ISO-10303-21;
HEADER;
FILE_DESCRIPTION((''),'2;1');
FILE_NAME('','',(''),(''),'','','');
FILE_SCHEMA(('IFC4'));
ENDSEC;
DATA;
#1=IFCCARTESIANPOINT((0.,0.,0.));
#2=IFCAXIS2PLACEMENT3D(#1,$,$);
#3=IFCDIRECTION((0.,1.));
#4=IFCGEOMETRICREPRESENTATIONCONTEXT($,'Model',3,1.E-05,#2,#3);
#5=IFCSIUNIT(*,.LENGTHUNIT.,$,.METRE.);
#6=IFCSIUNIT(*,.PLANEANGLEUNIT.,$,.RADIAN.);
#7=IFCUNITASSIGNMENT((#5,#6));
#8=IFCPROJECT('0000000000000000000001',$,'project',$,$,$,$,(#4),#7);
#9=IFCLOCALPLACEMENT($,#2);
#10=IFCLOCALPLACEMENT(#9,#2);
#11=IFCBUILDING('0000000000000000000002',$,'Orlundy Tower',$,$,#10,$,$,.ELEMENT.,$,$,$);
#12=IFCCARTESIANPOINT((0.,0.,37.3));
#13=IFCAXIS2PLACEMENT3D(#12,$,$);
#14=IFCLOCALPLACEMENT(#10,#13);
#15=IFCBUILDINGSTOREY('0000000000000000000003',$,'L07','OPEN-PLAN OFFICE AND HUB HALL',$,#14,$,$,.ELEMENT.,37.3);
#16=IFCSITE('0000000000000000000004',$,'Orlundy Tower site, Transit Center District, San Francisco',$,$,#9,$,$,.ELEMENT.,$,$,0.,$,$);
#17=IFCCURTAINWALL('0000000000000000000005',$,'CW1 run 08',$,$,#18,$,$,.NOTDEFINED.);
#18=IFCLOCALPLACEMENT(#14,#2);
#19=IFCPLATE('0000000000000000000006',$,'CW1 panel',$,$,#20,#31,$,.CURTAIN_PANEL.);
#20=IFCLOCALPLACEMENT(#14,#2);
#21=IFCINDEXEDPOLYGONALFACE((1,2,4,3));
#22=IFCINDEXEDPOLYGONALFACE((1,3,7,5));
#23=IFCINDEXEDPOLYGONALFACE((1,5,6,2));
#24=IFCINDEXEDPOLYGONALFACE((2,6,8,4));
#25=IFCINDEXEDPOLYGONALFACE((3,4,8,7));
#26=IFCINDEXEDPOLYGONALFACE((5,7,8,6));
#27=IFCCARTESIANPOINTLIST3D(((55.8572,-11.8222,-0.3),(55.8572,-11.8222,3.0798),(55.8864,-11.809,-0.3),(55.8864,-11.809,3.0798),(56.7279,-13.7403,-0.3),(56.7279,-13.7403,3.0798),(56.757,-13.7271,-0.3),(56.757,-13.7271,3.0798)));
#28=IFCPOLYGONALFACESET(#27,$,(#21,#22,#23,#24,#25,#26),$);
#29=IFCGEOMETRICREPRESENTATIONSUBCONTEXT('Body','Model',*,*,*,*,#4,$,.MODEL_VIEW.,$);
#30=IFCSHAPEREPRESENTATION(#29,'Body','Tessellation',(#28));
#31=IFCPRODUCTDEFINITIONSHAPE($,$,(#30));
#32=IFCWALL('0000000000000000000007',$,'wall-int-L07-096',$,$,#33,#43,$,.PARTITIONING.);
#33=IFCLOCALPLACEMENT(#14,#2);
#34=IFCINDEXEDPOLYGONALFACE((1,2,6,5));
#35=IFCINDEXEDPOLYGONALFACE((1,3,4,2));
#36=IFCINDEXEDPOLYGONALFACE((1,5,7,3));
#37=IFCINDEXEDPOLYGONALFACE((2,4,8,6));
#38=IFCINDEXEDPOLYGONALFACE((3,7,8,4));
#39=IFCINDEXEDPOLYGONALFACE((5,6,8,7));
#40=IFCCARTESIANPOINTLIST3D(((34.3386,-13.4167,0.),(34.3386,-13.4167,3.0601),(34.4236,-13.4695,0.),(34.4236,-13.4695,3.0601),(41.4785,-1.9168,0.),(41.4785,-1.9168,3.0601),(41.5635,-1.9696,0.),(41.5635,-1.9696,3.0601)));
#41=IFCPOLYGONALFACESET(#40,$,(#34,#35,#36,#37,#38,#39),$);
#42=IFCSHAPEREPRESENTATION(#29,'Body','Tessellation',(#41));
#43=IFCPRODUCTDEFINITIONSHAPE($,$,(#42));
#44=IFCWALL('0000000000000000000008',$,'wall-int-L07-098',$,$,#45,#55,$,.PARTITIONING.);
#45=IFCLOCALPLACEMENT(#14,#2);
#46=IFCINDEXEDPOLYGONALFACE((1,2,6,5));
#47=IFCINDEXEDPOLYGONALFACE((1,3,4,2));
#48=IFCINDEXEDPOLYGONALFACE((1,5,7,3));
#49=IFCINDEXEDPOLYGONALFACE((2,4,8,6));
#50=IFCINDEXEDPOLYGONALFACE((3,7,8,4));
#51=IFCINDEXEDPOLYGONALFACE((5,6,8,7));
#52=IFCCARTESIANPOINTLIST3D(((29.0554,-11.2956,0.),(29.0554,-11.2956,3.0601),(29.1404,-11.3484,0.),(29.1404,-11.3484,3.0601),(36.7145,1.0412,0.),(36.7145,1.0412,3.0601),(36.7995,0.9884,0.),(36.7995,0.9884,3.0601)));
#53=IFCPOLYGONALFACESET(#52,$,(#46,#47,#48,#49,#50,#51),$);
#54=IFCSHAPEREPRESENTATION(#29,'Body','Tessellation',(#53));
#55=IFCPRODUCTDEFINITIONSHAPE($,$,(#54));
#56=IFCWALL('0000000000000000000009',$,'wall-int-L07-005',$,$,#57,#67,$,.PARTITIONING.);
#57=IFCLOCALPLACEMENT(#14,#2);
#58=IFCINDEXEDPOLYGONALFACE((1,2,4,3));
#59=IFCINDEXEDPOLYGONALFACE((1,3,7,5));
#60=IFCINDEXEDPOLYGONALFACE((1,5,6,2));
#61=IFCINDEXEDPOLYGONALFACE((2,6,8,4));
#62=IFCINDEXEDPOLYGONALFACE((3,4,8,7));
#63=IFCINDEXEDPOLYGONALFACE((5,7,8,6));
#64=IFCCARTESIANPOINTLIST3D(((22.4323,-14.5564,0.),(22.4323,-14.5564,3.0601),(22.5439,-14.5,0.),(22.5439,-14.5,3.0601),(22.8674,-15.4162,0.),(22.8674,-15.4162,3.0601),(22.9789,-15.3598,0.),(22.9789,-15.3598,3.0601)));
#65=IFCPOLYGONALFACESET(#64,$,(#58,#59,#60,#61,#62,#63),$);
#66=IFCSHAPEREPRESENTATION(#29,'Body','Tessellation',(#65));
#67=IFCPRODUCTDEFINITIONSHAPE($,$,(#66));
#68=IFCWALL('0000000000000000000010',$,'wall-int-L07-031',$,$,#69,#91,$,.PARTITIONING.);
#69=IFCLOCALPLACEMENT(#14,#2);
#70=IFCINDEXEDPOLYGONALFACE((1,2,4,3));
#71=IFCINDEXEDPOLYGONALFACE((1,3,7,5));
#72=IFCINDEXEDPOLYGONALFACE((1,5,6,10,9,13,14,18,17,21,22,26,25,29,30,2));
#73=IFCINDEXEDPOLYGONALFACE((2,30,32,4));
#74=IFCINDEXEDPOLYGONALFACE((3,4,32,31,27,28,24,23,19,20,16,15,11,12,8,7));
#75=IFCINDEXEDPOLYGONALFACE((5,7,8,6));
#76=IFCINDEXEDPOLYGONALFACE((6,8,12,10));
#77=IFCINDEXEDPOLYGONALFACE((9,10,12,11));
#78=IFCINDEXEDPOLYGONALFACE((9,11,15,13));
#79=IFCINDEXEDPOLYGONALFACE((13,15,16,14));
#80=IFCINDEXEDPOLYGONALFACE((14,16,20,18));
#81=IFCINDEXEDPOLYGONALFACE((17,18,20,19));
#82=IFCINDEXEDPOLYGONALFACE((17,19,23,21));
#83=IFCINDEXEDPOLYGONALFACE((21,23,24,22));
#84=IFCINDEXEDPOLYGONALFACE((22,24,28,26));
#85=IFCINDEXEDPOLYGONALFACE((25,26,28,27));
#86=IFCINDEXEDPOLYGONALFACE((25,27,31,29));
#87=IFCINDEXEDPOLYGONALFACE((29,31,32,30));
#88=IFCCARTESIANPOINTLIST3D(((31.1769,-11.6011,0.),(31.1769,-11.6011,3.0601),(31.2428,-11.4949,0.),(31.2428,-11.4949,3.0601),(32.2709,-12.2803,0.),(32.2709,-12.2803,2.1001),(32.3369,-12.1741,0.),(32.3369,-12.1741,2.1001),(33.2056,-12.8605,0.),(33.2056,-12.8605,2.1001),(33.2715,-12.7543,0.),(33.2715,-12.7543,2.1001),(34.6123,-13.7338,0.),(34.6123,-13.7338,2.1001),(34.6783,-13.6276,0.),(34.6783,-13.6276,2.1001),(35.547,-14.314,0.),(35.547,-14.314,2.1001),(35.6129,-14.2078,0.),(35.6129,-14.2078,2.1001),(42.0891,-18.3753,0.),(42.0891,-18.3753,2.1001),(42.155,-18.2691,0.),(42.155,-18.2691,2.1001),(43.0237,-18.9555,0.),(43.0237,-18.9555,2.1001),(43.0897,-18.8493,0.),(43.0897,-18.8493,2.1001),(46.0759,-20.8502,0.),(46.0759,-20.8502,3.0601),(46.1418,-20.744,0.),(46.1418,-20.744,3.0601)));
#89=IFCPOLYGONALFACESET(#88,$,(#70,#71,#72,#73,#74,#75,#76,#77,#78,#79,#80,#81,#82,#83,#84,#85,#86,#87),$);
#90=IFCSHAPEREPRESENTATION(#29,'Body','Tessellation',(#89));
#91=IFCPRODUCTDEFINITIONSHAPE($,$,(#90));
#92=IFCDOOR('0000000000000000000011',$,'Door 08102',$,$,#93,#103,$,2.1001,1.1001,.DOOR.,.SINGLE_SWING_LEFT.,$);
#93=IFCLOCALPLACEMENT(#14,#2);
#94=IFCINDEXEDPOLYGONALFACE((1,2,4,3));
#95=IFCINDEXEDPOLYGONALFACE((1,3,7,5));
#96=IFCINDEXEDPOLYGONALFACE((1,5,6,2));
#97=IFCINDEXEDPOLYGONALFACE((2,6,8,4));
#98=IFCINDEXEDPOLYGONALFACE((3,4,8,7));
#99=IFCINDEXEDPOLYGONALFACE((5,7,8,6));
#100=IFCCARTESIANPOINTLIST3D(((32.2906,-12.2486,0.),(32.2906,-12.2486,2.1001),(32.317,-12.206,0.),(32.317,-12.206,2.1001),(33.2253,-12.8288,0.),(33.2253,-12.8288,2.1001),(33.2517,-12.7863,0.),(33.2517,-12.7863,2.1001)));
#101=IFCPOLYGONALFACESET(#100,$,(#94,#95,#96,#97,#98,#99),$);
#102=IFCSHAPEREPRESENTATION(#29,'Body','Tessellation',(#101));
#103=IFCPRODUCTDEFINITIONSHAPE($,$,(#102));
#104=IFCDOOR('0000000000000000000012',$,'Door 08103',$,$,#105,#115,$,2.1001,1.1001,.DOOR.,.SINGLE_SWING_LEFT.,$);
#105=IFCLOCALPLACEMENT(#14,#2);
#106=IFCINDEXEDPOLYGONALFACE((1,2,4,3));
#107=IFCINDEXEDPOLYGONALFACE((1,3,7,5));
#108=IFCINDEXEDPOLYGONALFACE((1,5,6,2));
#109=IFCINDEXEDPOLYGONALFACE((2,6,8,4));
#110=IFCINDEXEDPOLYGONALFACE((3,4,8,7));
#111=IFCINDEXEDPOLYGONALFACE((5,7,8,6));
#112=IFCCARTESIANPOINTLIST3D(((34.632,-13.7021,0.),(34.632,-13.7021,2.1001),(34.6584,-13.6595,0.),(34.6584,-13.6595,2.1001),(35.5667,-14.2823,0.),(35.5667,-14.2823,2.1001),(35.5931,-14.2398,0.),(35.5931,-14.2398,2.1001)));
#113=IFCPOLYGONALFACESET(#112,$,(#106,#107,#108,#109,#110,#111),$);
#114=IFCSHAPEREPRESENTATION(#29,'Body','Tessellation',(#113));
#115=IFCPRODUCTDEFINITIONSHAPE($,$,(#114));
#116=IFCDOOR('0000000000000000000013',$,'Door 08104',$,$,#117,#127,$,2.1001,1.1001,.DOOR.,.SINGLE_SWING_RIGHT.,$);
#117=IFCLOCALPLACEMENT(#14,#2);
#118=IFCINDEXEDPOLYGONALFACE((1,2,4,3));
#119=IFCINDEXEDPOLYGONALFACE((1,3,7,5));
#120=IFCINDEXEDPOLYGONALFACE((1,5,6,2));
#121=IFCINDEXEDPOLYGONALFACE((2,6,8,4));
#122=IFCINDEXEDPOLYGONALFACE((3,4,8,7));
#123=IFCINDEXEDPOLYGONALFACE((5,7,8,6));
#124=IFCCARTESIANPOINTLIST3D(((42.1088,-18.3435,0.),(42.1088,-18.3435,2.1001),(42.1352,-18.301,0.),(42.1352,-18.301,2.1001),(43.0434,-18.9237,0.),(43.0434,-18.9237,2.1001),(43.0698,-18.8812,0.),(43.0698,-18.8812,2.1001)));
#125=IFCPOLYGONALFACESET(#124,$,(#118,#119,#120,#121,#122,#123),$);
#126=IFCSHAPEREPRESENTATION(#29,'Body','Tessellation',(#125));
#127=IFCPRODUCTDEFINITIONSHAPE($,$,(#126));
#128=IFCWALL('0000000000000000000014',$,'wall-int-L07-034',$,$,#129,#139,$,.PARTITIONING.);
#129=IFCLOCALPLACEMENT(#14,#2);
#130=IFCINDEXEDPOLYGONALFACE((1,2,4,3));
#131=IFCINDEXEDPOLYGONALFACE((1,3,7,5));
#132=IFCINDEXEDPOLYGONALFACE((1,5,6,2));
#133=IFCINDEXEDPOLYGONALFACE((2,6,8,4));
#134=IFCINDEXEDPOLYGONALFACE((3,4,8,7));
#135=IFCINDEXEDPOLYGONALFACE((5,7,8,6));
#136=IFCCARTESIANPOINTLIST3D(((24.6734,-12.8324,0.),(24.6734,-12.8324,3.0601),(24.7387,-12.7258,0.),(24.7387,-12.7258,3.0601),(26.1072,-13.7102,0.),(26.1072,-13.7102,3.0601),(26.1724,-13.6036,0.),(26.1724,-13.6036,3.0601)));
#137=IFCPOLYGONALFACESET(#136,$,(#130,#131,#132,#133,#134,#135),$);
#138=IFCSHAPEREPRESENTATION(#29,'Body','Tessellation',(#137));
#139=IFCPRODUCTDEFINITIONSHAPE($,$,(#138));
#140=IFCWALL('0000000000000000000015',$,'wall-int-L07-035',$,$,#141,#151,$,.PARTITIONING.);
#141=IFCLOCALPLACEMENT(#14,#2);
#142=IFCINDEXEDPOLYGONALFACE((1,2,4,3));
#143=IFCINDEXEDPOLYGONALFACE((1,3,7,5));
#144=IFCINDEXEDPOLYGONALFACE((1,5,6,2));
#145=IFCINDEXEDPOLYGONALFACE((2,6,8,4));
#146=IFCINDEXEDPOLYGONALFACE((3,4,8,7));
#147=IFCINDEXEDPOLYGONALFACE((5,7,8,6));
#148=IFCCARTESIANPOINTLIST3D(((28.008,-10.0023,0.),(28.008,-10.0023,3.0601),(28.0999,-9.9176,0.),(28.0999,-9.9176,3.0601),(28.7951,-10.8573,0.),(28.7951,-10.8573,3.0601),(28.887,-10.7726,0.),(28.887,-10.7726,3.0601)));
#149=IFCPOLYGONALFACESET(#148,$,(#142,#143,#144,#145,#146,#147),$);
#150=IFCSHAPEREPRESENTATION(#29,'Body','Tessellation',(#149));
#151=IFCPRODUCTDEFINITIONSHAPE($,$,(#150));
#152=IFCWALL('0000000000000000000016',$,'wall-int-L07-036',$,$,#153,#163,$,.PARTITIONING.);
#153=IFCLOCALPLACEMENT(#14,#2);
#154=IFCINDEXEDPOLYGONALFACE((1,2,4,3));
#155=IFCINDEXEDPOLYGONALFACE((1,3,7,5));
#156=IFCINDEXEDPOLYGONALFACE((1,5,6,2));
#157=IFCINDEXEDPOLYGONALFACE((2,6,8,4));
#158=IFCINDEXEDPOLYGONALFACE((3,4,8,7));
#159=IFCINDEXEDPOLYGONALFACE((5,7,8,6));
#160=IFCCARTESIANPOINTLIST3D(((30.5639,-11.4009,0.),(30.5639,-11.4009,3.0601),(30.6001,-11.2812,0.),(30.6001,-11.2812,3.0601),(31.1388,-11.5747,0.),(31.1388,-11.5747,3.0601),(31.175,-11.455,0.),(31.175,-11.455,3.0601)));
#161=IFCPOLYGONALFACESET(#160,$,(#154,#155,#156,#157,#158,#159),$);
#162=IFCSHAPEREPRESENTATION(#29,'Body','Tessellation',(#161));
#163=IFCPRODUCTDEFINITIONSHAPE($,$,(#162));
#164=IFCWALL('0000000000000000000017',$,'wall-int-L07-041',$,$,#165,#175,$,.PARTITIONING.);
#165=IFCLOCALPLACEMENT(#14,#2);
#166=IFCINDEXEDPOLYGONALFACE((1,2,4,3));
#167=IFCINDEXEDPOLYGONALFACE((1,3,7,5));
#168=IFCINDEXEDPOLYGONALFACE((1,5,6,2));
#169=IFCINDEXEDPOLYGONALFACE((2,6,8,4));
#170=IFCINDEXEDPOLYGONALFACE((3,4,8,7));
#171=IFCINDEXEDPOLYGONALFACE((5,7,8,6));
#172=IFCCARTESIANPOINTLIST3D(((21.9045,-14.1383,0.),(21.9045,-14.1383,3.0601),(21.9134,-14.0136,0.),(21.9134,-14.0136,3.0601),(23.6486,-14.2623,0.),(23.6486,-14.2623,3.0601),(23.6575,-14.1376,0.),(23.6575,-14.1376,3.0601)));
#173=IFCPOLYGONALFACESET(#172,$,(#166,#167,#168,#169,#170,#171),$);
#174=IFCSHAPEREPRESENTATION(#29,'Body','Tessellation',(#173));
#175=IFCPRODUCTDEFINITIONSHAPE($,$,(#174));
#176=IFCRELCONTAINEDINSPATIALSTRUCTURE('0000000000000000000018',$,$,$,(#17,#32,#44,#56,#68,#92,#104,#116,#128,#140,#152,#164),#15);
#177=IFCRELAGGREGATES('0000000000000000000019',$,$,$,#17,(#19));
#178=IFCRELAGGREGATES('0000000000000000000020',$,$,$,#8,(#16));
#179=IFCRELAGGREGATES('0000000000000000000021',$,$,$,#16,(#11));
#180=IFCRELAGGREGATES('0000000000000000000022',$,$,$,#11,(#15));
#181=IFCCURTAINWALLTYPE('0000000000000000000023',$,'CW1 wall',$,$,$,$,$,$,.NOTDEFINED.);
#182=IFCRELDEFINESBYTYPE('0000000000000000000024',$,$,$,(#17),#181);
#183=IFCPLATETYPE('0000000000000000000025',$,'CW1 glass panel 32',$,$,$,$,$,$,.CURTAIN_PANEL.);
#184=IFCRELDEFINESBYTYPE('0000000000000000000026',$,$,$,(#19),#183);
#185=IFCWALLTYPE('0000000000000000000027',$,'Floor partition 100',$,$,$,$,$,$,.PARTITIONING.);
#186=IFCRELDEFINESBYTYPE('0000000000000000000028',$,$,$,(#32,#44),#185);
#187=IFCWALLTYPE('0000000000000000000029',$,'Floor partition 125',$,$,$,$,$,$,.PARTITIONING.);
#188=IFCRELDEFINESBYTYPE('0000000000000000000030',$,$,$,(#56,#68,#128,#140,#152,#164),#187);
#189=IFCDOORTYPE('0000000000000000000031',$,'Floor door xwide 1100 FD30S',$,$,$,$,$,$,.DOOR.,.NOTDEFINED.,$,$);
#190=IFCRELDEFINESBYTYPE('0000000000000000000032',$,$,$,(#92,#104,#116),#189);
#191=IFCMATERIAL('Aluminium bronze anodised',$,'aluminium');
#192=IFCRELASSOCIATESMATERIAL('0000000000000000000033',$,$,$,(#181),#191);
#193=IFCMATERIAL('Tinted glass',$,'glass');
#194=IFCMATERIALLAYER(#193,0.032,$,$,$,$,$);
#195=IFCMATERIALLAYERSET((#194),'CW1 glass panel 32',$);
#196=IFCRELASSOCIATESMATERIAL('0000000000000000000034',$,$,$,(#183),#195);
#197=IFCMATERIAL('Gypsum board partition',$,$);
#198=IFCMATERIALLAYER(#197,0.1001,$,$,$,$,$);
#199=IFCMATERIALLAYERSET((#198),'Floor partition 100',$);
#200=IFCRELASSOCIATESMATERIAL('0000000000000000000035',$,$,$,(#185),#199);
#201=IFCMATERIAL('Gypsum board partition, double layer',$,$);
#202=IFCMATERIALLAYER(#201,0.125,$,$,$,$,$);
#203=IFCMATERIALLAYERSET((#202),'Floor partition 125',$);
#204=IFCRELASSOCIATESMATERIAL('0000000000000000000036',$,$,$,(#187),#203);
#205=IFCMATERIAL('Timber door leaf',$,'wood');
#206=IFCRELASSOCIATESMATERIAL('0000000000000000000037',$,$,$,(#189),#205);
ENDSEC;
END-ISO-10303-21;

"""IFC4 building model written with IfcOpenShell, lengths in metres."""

from ifc_helpers import new_model, si_unit, direction, frame, frame_2d, origin, origin_2d, place, context, subcontext, project, spatial, rectangle, extrude, material, layer, layer_set, type_object, element, fill, aggregate, save


model = new_model("IFC4")

# Units and contexts
model_context = context("Model", 3, precision=1e-05, world=origin(), true_north=direction((0.0, 1.0)))
body_context = subcontext(model_context, "Body", "Model", "MODEL_VIEW")
ifc_project = project(units=[si_unit("LENGTHUNIT", "METRE"), si_unit("PLANEANGLEUNIT", "RADIAN")], contexts=[model_context])

# Site, building, storey
site_placement = place(None, origin())
site = spatial("IfcSite", under=ifc_project, at=site_placement, Name="Orlundy Tower site, Transit Center District, San Francisco", CompositionType="ELEMENT", RefElevation=0.0)
building_placement = place(site_placement, origin())
building = spatial("IfcBuilding", under=site, at=building_placement, Name="Orlundy Tower", CompositionType="ELEMENT")
storey_placement = place(building_placement, frame((0.0, 0.0, 37.3)))
storey = spatial("IfcBuildingStorey", under=building, at=storey_placement, Name="L07", Description="OPEN-PLAN OFFICE AND HUB HALL", CompositionType="ELEMENT", Elevation=37.3)

# Curtain wall
ifc_material_1 = material(Name="Aluminium bronze anodised", Category="aluminium")
curtain_wall_type = type_object("IfcCurtainWallType", Name="CW1 wall", PredefinedType="NOTDEFINED", material=ifc_material_1)
curtain_wall_1_placement = place(storey_placement, origin())
curtain_wall_1 = element("IfcCurtainWall", 1, at=curtain_wall_1_placement, inside=storey, type_object=curtain_wall_type, Name="CW1 run 08", PredefinedType="NOTDEFINED")

# Plate
ifc_material_2 = material(Name="Tinted glass", Category="glass")
ifc_layer_1 = layer(ifc_material_2, 0.032)
ifc_layer_set_1 = layer_set([ifc_layer_1], Name="CW1 glass panel 32")
plate_type = type_object("IfcPlateType", Name="CW1 glass panel 32", PredefinedType="CURTAIN_PANEL", material=ifc_layer_set_1)
plate_1_placement = place(storey_placement, frame((56.3071, -12.7747, -0.3), z_axis=(0.0, 0.0, 1.0), x_axis=(0.413335, -0.910579, 0.0)))
plate_1 = element("IfcPlate", 2, at=plate_1_placement, type_object=plate_type, Name="CW1 panel", PredefinedType="CURTAIN_PANEL", context=body_context, shape_type="SweptSolid", body=[
    extrude(rectangle(XDim=2.1064, YDim=0.032, at=origin_2d()), origin(), (0.0, 0.0, 1.0), 3.3799),
])
aggregate(curtain_wall_1, [plate_1])

# Walls
ifc_material_3 = material(Name="Gypsum board partition")
ifc_layer_2 = layer(ifc_material_3, 0.1001)
ifc_layer_set_2 = layer_set([ifc_layer_2], Name="Floor partition 100")
wall_type_1 = type_object("IfcWallType", Name="Floor partition 100", PredefinedType="PARTITIONING", material=ifc_layer_set_2)
wall_1_placement = place(storey_placement, frame((34.3811, -13.4431, 0.0), z_axis=(0.0, 0.0, 1.0), x_axis=(0.527467, 0.849575, 0.0)))
element("IfcWall", 3, at=wall_1_placement, inside=storey, type_object=wall_type_1, Name="wall-int-L07-096", PredefinedType="PARTITIONING", context=body_context, shape_type="SweptSolid", body=[
    extrude(rectangle(XDim=13.5361, YDim=0.1001, at=frame_2d((6.7681, 0.0))), origin(), (0.0, 0.0, 1.0), 3.0601),
])
wall_2_placement = place(storey_placement, frame((29.0979, -11.322, 0.0), z_axis=(0.0, 0.0, 1.0), x_axis=(0.527452, 0.849585, 0.0)))
element("IfcWall", 4, at=wall_2_placement, inside=storey, type_object=wall_type_1, Name="wall-int-L07-098", PredefinedType="PARTITIONING", context=body_context, shape_type="SweptSolid", body=[
    extrude(rectangle(XDim=14.521, YDim=0.1001, at=frame_2d((7.2605, 0.0))), origin(), (0.0, 0.0, 1.0), 3.0601),
])
ifc_material_4 = material(Name="Gypsum board partition, double layer")
ifc_layer_3 = layer(ifc_material_4, 0.125)
ifc_layer_set_3 = layer_set([ifc_layer_3], Name="Floor partition 125")
wall_type_2 = type_object("IfcWallType", Name="Floor partition 125", PredefinedType="PARTITIONING", material=ifc_layer_set_3)
wall_3_placement = place(storey_placement, frame((22.488, -14.5281, 0.0), z_axis=(0.0, 0.0, 1.0), x_axis=(0.451465, -0.892289, 0.0)))
element("IfcWall", 5, at=wall_3_placement, inside=storey, type_object=wall_type_2, Name="wall-int-L07-005", PredefinedType="PARTITIONING", context=body_context, shape_type="SweptSolid", body=[
    extrude(rectangle(XDim=0.9636, YDim=0.125, at=frame_2d((0.4819, 0.0))), origin(), (0.0, 0.0, 1.0), 3.0601),
])

# Wall, openings, doors
wall_4_placement = place(storey_placement, frame((31.21, -11.5481, 0.0), z_axis=(0.0, 0.0, 1.0), x_axis=(0.849604, -0.527421, 0.0)))
wall_4 = element("IfcWall", 6, at=wall_4_placement, inside=storey, type_object=wall_type_2, Name="wall-int-L07-031", PredefinedType="PARTITIONING", context=body_context, shape_type="SweptSolid", body=[
    extrude(rectangle(XDim=17.5364, YDim=0.125, at=frame_2d((8.7681, 0.0))), origin(), (0.0, 0.0, 1.0), 3.0601),
])
opening_1_placement = place(wall_4_placement, frame((1.2876, 0.0, 0.0)))
opening_1 = element("IfcOpeningElement", 7, at=opening_1_placement, cuts=wall_4, PredefinedType="OPENING", context=body_context, shape_type="SweptSolid", body=[
    extrude(rectangle(XDim=1.1001, YDim=2.1001, at=frame_2d((0.55, 1.05))), frame((0.0, 0.0725, 0.0), z_axis=(0.0, -1.0, 0.0), x_axis=(1.0, 0.0, 0.0)), (0.0, 0.0, 1.0), 0.145),
])
opening_2_placement = place(wall_4_placement, frame((4.0435, 0.0, 0.0)))
opening_2 = element("IfcOpeningElement", 8, at=opening_2_placement, cuts=wall_4, PredefinedType="OPENING", context=body_context, shape_type="SweptSolid", body=[
    extrude(rectangle(XDim=1.1001, YDim=2.1001, at=frame_2d((0.55, 1.05))), frame((0.0, 0.0725, 0.0), z_axis=(0.0, -1.0, 0.0), x_axis=(1.0, 0.0, 0.0)), (0.0, 0.0, 1.0), 0.145),
])
opening_3_placement = place(wall_4_placement, frame((12.8438, 0.0, 0.0)))
opening_3 = element("IfcOpeningElement", 9, at=opening_3_placement, cuts=wall_4, PredefinedType="OPENING", context=body_context, shape_type="SweptSolid", body=[
    extrude(rectangle(XDim=1.1001, YDim=2.1001, at=frame_2d((0.55, 1.05))), frame((0.0, 0.0725, 0.0), z_axis=(0.0, -1.0, 0.0), x_axis=(1.0, 0.0, 0.0)), (0.0, 0.0, 1.0), 0.145),
])
ifc_material_5 = material(Name="Timber door leaf", Category="wood")
door_type = type_object("IfcDoorType", Name="Floor door xwide 1100 FD30S", OperationType="NOTDEFINED", PredefinedType="DOOR", material=ifc_material_5)
door_1_placement = place(opening_1_placement, origin())
door_1 = element("IfcDoor", 10, at=door_1_placement, inside=storey, type_object=door_type, Name="Door 08102", OperationType="SINGLE_SWING_LEFT", OverallHeight=2.1001, OverallWidth=1.1001, PredefinedType="DOOR", context=body_context, shape_type="SweptSolid", body=[
    extrude(rectangle(XDim=1.1001, YDim=2.1001, at=frame_2d((0.55, 1.05))), frame((0.0, 0.0249, 0.0), z_axis=(0.0, -1.0, 0.0), x_axis=(1.0, 0.0, 0.0)), (0.0, 0.0, 1.0), 0.05),
])
fill(opening_1, door_1)
door_2_placement = place(opening_2_placement, origin())
door_2 = element("IfcDoor", 11, at=door_2_placement, inside=storey, type_object=door_type, Name="Door 08103", OperationType="SINGLE_SWING_LEFT", OverallHeight=2.1001, OverallWidth=1.1001, PredefinedType="DOOR", context=body_context, shape_type="SweptSolid", body=[
    extrude(rectangle(XDim=1.1001, YDim=2.1001, at=frame_2d((0.55, 1.05))), frame((0.0, 0.0249, 0.0), z_axis=(0.0, -1.0, 0.0), x_axis=(1.0, 0.0, 0.0)), (0.0, 0.0, 1.0), 0.05),
])
fill(opening_2, door_2)
door_3_placement = place(opening_3_placement, origin())
door_3 = element("IfcDoor", 12, at=door_3_placement, inside=storey, type_object=door_type, Name="Door 08104", OperationType="SINGLE_SWING_RIGHT", OverallHeight=2.1001, OverallWidth=1.1001, PredefinedType="DOOR", context=body_context, shape_type="SweptSolid", body=[
    extrude(rectangle(XDim=1.1001, YDim=2.1001, at=frame_2d((0.55, 1.05))), frame((0.0, 0.0249, 0.0), z_axis=(0.0, -1.0, 0.0), x_axis=(1.0, 0.0, 0.0)), (0.0, 0.0, 1.0), 0.05),
])
fill(opening_3, door_3)

# Walls
wall_5_placement = place(storey_placement, frame((24.7061, -12.7791, 0.0), z_axis=(0.0, 0.0, 1.0), x_axis=(0.852833, -0.522184, 0.0)))
element("IfcWall", 13, at=wall_5_placement, inside=storey, type_object=wall_type_2, Name="wall-int-L07-034", PredefinedType="PARTITIONING", context=body_context, shape_type="SweptSolid", body=[
    extrude(rectangle(XDim=1.6812, YDim=0.125, at=frame_2d((0.8406, 0.0))), origin(), (0.0, 0.0, 1.0), 3.0601),
])
wall_6_placement = place(storey_placement, frame((28.054, -9.96, 0.0), z_axis=(0.0, 0.0, 1.0), x_axis=(0.677302, -0.735705, 0.0)))
element("IfcWall", 14, at=wall_6_placement, inside=storey, type_object=wall_type_2, Name="wall-int-L07-035", PredefinedType="PARTITIONING", context=body_context, shape_type="SweptSolid", body=[
    extrude(rectangle(XDim=1.1621, YDim=0.125, at=frame_2d((0.5811, 0.0))), origin(), (0.0, 0.0, 1.0), 3.0601),
])
wall_7_placement = place(storey_placement, frame((30.582, -11.3411, 0.0), z_axis=(0.0, 0.0, 1.0), x_axis=(0.957209, -0.289398, 0.0)))
element("IfcWall", 15, at=wall_7_placement, inside=storey, type_object=wall_type_2, Name="wall-int-L07-036", PredefinedType="PARTITIONING", context=body_context, shape_type="SweptSolid", body=[
    extrude(rectangle(XDim=0.6006, YDim=0.125, at=frame_2d((0.3003, 0.0))), origin(), (0.0, 0.0, 1.0), 3.0601),
])
wall_8_placement = place(storey_placement, frame((21.9089, -14.0759, 0.0), z_axis=(0.0, 0.0, 1.0), x_axis=(0.997481, -0.07093, 0.0)))
element("IfcWall", 16, at=wall_8_placement, inside=storey, type_object=wall_type_2, Name="wall-int-L07-041", PredefinedType="PARTITIONING", context=body_context, shape_type="SweptSolid", body=[
    extrude(rectangle(XDim=1.7485, YDim=0.125, at=frame_2d((0.8743, 0.0))), origin(), (0.0, 0.0, 1.0), 3.0601),
])

save(model, "model.ifc")
